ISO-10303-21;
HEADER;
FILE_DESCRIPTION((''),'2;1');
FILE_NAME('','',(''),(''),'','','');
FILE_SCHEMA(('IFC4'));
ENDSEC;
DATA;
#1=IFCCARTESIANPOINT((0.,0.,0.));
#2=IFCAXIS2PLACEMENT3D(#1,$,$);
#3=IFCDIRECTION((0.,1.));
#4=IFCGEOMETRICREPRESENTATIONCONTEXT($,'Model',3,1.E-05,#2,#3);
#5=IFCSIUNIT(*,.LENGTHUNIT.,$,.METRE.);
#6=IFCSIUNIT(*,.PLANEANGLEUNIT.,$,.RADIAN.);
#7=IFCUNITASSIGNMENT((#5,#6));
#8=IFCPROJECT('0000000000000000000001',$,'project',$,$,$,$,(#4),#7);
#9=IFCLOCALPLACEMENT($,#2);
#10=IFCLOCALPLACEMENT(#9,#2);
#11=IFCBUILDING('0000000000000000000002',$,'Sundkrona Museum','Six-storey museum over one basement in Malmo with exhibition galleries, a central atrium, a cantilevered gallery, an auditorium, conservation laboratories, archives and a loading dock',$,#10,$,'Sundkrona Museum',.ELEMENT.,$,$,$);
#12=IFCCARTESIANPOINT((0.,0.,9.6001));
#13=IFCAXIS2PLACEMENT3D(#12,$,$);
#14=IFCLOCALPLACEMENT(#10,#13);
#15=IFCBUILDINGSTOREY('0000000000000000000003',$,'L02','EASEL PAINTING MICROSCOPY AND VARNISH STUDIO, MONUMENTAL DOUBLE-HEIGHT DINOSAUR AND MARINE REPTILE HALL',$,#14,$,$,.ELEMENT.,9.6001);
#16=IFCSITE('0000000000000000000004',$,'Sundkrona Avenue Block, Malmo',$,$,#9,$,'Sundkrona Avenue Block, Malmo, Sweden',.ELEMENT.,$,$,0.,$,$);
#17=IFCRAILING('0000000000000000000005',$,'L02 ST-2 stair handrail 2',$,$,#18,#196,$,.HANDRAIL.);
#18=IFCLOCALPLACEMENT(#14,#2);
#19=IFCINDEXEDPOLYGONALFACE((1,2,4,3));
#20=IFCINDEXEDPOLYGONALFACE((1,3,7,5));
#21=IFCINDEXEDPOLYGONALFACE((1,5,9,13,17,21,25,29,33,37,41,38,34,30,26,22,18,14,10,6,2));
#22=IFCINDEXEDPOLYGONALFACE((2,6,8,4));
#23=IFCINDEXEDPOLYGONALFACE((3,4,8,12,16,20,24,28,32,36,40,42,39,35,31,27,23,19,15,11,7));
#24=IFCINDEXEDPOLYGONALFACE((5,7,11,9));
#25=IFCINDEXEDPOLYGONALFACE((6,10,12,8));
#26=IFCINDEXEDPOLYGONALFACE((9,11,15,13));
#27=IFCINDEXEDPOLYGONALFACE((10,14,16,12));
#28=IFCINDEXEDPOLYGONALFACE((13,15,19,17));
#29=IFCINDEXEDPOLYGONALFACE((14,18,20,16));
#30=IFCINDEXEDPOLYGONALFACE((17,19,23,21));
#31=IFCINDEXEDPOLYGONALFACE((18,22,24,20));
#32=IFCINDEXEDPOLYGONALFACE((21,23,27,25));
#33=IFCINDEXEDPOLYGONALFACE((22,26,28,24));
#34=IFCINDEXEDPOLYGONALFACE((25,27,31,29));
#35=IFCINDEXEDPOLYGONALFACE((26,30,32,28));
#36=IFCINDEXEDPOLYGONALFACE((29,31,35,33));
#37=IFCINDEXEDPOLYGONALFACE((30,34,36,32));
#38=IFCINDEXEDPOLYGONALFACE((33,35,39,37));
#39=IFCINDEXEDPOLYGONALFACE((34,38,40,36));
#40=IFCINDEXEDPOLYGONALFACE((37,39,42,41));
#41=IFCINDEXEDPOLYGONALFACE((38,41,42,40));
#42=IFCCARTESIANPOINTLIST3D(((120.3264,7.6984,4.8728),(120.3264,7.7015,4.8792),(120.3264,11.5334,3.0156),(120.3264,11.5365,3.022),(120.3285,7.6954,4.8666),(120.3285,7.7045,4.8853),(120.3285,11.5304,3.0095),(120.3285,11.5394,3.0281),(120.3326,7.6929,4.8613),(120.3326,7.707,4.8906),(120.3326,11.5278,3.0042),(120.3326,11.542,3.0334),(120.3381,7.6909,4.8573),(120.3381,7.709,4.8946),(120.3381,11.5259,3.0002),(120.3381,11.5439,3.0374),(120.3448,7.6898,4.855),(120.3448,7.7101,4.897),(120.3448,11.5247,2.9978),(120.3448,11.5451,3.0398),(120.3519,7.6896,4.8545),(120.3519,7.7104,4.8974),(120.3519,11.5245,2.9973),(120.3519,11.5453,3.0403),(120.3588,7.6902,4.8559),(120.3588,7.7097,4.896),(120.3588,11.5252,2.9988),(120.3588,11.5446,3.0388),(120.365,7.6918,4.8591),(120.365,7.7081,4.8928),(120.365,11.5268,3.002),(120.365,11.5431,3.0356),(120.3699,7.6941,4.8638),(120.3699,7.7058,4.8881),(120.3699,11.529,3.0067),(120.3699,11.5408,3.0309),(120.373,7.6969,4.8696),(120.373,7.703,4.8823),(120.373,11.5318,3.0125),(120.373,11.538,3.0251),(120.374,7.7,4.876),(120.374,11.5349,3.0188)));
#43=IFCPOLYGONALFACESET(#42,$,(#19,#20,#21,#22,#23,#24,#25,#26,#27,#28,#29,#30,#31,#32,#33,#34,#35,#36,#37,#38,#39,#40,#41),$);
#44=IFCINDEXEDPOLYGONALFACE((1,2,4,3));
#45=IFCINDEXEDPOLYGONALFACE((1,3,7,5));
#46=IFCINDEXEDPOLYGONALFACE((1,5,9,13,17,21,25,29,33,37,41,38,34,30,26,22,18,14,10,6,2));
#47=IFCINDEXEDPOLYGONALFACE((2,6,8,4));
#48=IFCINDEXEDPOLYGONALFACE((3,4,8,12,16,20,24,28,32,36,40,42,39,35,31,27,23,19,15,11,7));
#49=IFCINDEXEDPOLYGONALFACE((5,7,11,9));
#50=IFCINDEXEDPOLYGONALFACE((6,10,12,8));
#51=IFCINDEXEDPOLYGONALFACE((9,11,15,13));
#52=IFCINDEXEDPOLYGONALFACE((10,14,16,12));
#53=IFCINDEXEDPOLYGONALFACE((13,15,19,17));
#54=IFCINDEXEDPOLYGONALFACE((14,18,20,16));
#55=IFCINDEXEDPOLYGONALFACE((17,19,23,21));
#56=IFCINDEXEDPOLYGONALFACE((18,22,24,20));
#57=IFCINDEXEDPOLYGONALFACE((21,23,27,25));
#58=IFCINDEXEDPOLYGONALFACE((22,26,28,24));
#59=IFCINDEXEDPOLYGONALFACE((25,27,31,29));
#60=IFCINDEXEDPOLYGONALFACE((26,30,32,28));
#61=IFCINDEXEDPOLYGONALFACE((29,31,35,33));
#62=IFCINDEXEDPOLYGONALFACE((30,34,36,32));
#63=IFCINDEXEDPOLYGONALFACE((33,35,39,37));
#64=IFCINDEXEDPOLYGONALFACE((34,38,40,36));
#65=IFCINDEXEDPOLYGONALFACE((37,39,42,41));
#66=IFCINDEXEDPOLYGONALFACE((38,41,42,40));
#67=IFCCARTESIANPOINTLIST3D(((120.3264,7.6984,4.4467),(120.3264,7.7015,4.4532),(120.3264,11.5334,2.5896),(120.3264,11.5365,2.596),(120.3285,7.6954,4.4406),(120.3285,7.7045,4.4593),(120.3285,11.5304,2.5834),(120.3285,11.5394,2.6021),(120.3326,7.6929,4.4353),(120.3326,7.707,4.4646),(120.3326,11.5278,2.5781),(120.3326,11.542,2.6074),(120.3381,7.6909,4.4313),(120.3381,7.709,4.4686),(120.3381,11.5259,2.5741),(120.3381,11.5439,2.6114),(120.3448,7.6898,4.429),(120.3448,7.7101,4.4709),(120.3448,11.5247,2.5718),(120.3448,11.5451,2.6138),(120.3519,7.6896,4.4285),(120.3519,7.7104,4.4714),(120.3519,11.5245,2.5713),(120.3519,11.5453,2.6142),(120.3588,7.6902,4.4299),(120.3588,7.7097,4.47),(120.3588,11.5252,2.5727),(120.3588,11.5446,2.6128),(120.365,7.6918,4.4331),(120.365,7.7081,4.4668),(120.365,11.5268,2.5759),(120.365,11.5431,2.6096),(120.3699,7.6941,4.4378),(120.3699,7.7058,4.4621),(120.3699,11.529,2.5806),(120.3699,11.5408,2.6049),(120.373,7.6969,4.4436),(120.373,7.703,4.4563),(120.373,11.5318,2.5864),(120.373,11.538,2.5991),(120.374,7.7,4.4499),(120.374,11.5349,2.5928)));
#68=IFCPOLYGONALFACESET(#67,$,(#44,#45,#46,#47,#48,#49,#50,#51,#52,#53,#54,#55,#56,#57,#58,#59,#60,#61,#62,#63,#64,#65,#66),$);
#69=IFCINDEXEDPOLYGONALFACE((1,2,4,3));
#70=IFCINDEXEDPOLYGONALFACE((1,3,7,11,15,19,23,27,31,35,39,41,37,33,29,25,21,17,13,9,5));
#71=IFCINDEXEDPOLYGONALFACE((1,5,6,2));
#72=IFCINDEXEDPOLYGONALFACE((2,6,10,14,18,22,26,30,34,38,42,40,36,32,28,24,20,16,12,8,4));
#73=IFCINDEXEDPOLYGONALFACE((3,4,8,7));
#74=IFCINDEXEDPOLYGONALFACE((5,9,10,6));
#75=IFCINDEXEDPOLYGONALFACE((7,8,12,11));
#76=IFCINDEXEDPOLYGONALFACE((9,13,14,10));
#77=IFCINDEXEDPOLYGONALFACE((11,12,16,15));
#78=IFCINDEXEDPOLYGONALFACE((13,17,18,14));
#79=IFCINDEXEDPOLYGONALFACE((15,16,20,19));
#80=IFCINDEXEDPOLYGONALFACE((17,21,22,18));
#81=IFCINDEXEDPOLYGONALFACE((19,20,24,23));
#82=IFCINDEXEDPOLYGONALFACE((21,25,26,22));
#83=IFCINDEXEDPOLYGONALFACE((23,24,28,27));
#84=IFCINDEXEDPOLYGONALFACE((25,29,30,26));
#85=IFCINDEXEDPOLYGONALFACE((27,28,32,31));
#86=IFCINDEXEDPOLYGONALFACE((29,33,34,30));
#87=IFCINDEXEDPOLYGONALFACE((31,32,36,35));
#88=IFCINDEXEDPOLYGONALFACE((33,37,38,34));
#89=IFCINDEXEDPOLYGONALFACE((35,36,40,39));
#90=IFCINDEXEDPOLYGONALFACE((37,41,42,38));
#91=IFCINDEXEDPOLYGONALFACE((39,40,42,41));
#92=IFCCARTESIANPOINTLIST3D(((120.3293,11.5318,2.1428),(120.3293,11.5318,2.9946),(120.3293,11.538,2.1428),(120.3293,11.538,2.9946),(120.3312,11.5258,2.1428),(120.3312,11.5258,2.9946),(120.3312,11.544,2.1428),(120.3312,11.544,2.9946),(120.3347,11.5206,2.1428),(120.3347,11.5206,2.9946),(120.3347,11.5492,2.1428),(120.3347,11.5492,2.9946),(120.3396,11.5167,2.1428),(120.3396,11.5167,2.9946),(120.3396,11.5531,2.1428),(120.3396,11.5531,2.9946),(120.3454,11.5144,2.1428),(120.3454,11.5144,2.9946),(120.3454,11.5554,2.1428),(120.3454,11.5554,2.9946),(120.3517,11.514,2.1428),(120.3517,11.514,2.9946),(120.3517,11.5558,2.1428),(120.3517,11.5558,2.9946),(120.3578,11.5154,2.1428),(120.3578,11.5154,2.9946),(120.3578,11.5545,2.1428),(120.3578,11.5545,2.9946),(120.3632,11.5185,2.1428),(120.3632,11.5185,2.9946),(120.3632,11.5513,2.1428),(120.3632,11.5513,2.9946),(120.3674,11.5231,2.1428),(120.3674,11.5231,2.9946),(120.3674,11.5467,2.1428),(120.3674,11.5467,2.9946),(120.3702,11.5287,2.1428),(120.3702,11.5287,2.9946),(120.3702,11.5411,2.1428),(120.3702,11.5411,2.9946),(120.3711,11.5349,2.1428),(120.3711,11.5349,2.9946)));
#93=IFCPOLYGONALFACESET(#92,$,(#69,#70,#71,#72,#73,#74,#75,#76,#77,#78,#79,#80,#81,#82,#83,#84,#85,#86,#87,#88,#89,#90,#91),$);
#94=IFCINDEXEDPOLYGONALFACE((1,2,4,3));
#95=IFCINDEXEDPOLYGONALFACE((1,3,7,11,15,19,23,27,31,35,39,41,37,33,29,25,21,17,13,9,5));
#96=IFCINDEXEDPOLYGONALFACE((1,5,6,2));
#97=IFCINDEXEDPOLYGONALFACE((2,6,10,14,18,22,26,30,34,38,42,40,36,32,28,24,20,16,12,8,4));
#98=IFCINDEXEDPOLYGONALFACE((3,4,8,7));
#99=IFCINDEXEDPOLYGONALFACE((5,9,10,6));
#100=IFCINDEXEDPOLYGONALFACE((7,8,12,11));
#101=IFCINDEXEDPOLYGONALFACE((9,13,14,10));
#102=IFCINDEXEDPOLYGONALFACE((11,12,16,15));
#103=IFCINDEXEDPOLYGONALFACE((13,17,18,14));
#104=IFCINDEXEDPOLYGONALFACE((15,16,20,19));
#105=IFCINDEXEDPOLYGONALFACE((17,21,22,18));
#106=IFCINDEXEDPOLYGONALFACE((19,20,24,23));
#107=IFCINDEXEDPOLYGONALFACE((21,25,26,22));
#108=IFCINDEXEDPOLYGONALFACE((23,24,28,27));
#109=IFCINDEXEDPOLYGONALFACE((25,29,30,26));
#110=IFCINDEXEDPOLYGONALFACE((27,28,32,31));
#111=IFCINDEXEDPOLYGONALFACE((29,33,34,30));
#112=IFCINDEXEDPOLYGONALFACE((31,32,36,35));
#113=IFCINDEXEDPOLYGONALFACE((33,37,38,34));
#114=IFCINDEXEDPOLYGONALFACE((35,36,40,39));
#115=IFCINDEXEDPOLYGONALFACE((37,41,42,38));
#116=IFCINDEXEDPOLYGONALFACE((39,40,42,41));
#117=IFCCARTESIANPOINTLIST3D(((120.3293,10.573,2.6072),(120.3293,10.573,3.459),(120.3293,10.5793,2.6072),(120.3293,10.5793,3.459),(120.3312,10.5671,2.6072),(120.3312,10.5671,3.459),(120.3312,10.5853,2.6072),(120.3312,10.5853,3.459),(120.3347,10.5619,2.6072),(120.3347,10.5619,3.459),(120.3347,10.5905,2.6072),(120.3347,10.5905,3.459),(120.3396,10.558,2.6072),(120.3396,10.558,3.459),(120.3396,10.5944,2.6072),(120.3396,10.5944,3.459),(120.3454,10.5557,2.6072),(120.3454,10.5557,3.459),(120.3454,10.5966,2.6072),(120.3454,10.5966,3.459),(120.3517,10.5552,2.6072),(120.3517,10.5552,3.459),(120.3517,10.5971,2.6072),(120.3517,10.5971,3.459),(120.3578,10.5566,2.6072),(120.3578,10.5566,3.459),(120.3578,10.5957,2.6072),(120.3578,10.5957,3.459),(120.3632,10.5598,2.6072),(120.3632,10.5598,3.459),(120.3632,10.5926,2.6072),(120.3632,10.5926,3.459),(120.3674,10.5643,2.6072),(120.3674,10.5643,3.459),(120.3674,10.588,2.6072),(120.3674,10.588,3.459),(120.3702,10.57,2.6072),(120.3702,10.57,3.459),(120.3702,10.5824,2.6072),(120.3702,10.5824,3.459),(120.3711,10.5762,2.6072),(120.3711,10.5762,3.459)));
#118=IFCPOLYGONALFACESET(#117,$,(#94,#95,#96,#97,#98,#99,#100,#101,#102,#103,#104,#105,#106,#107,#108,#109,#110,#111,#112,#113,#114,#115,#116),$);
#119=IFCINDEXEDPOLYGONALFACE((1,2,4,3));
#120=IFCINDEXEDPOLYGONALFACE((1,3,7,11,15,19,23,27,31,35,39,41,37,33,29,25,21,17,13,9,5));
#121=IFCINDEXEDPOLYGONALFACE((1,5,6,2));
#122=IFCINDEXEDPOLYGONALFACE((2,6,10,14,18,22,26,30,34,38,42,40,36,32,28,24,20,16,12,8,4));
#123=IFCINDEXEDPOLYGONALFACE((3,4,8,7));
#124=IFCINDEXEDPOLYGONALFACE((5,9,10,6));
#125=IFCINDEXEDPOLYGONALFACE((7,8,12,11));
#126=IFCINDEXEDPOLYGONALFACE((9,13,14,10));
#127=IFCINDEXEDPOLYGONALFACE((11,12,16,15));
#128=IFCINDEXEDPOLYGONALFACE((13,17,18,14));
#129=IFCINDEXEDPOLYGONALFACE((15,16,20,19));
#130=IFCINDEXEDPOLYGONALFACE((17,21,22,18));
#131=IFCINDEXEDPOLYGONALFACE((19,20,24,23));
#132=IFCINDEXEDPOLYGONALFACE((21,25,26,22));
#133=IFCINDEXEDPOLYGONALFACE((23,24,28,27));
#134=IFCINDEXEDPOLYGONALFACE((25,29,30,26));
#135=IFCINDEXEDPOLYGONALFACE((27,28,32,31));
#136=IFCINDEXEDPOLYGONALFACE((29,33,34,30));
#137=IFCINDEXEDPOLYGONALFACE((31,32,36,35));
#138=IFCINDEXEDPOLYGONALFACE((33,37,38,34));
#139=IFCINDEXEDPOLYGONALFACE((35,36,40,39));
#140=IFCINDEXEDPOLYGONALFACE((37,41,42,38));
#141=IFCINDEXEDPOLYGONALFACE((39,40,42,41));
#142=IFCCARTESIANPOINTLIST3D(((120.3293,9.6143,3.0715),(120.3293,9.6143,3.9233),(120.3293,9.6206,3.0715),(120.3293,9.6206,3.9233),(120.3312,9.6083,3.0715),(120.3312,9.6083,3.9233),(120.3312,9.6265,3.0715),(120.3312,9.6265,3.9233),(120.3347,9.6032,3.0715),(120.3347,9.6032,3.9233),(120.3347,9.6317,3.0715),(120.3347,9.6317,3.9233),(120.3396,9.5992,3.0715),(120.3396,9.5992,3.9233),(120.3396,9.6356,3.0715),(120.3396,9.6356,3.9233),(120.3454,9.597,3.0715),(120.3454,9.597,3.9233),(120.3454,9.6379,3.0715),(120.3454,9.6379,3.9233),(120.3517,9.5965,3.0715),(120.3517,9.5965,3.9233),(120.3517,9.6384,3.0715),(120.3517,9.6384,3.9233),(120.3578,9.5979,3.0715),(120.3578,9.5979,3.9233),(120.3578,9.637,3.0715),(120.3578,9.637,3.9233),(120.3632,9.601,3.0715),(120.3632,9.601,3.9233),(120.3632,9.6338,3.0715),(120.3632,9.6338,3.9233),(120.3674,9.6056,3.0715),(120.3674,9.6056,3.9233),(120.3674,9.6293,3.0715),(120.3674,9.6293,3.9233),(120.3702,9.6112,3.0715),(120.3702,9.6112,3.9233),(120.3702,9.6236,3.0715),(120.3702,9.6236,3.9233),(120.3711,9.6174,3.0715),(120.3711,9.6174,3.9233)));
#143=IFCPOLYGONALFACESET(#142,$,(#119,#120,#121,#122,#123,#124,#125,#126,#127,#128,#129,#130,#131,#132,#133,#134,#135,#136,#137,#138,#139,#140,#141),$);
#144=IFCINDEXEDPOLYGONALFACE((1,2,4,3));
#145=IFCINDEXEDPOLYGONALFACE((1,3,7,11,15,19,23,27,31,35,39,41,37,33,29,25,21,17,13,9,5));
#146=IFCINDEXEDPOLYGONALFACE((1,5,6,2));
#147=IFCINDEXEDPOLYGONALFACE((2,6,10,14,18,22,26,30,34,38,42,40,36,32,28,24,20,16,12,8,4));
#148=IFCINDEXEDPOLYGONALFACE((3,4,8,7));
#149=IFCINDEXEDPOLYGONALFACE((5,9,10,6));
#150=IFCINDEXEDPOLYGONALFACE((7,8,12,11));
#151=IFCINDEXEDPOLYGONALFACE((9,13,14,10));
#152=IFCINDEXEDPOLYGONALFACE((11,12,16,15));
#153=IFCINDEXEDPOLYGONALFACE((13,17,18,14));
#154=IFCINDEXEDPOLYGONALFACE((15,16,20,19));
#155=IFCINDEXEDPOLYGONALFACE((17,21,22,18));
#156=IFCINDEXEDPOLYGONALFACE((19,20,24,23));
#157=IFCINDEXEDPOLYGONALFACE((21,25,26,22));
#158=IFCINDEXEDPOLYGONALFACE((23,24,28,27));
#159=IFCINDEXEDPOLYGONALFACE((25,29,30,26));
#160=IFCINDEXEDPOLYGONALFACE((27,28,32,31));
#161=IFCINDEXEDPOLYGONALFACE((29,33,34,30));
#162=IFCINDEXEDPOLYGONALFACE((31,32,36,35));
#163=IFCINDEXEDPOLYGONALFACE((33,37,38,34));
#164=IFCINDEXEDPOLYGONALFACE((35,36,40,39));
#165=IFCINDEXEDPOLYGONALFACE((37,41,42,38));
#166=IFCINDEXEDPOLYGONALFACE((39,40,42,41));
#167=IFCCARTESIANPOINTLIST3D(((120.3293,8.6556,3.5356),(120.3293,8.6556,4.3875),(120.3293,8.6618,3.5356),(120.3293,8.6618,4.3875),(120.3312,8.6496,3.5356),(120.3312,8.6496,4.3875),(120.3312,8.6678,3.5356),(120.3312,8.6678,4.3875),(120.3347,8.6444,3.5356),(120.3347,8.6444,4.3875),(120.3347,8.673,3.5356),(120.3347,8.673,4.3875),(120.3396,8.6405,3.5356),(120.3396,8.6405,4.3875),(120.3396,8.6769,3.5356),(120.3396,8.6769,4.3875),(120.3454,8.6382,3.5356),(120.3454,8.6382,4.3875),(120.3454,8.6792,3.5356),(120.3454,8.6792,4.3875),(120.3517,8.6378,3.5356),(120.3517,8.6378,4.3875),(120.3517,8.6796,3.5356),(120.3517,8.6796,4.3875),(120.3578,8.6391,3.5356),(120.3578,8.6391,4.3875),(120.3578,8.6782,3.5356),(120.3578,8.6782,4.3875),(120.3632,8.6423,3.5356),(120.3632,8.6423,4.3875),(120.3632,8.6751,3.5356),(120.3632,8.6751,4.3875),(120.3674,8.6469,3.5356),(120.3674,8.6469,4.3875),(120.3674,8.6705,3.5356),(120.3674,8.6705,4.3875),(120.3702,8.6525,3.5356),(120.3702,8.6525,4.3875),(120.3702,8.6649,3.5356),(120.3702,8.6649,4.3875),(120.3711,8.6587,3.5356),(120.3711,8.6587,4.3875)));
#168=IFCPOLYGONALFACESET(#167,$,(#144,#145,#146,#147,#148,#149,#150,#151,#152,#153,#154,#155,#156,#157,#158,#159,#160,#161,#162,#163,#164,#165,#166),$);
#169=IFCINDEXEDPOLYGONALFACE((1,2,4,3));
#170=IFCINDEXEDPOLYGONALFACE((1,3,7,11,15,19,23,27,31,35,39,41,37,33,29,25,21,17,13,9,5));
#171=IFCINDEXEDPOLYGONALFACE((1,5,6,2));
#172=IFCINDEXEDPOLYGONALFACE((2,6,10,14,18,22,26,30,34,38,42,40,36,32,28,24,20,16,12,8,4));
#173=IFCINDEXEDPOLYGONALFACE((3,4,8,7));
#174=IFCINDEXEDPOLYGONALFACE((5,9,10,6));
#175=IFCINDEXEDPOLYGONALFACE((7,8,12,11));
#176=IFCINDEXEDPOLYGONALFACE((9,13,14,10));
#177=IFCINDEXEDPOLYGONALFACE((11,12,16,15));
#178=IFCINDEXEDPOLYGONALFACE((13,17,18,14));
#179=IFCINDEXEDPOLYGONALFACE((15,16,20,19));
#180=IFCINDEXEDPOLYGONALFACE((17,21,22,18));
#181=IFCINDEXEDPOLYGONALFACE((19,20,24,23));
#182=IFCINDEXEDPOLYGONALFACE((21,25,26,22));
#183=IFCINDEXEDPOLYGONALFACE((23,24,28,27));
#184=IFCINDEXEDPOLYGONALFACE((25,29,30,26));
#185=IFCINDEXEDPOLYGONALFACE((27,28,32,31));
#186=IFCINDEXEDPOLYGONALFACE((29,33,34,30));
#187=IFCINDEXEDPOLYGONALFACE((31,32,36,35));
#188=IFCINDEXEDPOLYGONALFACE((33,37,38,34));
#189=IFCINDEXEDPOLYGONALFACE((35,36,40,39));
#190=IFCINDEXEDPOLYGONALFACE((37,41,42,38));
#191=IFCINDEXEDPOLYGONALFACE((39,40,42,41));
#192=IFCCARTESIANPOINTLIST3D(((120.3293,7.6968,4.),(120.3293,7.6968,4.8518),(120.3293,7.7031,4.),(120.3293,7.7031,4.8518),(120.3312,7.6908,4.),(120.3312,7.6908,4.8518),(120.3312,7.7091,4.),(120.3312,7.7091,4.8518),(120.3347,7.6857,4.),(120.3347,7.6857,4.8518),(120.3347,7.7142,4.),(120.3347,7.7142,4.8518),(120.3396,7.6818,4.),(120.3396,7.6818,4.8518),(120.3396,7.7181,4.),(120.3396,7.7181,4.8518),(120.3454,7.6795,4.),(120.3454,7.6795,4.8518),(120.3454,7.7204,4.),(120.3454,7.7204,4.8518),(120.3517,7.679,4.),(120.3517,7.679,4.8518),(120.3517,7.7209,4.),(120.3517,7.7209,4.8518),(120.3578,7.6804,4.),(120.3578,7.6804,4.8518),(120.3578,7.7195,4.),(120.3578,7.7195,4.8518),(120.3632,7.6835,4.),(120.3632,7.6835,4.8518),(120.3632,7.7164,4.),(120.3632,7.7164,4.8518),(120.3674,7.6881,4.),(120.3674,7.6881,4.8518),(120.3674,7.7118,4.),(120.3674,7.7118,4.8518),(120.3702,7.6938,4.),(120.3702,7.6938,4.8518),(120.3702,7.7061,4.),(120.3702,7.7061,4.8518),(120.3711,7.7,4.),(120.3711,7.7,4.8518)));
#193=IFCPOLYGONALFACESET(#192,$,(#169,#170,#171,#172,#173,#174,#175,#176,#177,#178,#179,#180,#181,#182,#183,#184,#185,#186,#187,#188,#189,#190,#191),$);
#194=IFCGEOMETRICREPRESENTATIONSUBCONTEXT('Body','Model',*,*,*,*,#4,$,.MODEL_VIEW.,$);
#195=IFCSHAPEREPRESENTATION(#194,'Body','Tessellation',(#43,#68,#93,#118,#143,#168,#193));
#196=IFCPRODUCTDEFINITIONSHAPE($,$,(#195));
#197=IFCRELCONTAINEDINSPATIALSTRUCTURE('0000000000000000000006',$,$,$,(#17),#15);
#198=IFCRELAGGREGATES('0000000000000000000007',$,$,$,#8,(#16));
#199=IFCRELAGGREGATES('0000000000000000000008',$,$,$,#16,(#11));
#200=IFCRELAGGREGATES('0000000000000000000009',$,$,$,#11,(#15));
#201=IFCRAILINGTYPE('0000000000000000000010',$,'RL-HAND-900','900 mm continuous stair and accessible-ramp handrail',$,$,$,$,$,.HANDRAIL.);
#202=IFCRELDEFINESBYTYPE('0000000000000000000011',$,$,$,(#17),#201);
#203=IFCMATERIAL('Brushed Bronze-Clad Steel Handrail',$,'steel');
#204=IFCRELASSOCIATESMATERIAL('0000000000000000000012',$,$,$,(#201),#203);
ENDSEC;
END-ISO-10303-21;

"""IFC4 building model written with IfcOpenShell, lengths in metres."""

from ifc_helpers import new_model, si_unit, direction, frame, origin, origin_2d, place, context, subcontext, project, spatial, circle, extrude, material, type_object, element, save


model = new_model("IFC4")

# Units and contexts
model_context = context("Model", 3, precision=1e-05, world=origin(), true_north=direction((0.0, 1.0)))
body_context = subcontext(model_context, "Body", "Model", "MODEL_VIEW")
ifc_project = project(units=[si_unit("LENGTHUNIT", "METRE"), si_unit("PLANEANGLEUNIT", "RADIAN")], contexts=[model_context])

# Site, building, storey
site_placement = place(None, origin())
site = spatial("IfcSite", under=ifc_project, at=site_placement, Name="Sundkrona Avenue Block, Malmo", LongName="Sundkrona Avenue Block, Malmo, Sweden", CompositionType="ELEMENT", RefElevation=0.0)
building_placement = place(site_placement, origin())
building = spatial("IfcBuilding", under=site, at=building_placement, Name="Sundkrona Museum", Description="Six-storey museum over one basement in Malmo with exhibition galleries, a central atrium, a cantilevered gallery, an auditorium, conservation laboratories, archives and a loading dock", LongName="Sundkrona Museum", CompositionType="ELEMENT")
storey_placement = place(building_placement, frame((0.0, 0.0, 9.6001)))
storey = spatial("IfcBuildingStorey", under=building, at=storey_placement, Name="L02", Description="EASEL PAINTING MICROSCOPY AND VARNISH STUDIO, MONUMENTAL DOUBLE-HEIGHT DINOSAUR AND MARINE REPTILE HALL", CompositionType="ELEMENT", Elevation=9.6001)

# Railing
ifc_material_1 = material(Name="Brushed Bronze-Clad Steel Handrail", Category="steel")
railing_type_1 = type_object("IfcRailingType", Name="RL-HAND-900", Description="900 mm continuous stair and accessible-ramp handrail", PredefinedType="HANDRAIL", material=ifc_material_1)
for number, where, name in (
    (1, (120.3501, 11.5349, 2.1428), "L02 ST-2 stair handrail 2"),
):
    element("IfcRailing", number, at=place(storey_placement, frame(where)), inside=storey, type_object=railing_type_1, Name=name, PredefinedType="HANDRAIL", context=body_context, shape_type="SweptSolid", body=[
        extrude(circle(Radius=0.0239, at=origin_2d()), frame((0.0, 0.0, 0.876), z_axis=(0.0, -0.900016, 0.435856), x_axis=(1.0, 0.0, 0.0)), (0.0, 0.0, 1.0), 4.261),
        extrude(circle(Radius=0.0239, at=origin_2d()), frame((0.0, 0.0, 0.45), z_axis=(0.0, -0.900016, 0.435856), x_axis=(1.0, 0.0, 0.0)), (0.0, 0.0, 1.0), 4.261),
        extrude(circle(Radius=0.021, at=origin_2d()), origin(), (0.0, 0.0, 1.0), 0.8518),
        extrude(circle(Radius=0.021, at=origin_2d()), frame((0.0, -0.9587, 0.4644)), (0.0, 0.0, 1.0), 0.8518),
        extrude(circle(Radius=0.021, at=origin_2d()), frame((0.0, -1.9175, 0.9287)), (0.0, 0.0, 1.0), 0.8518),
        extrude(circle(Radius=0.021, at=origin_2d()), frame((0.0, -2.8762, 1.3928)), (0.0, 0.0, 1.0), 0.8518),
        extrude(circle(Radius=0.021, at=origin_2d()), frame((0.0, -3.835, 1.8572)), (0.0, 0.0, 1.0), 0.8518),
    ])

save(model, "model.ifc")
